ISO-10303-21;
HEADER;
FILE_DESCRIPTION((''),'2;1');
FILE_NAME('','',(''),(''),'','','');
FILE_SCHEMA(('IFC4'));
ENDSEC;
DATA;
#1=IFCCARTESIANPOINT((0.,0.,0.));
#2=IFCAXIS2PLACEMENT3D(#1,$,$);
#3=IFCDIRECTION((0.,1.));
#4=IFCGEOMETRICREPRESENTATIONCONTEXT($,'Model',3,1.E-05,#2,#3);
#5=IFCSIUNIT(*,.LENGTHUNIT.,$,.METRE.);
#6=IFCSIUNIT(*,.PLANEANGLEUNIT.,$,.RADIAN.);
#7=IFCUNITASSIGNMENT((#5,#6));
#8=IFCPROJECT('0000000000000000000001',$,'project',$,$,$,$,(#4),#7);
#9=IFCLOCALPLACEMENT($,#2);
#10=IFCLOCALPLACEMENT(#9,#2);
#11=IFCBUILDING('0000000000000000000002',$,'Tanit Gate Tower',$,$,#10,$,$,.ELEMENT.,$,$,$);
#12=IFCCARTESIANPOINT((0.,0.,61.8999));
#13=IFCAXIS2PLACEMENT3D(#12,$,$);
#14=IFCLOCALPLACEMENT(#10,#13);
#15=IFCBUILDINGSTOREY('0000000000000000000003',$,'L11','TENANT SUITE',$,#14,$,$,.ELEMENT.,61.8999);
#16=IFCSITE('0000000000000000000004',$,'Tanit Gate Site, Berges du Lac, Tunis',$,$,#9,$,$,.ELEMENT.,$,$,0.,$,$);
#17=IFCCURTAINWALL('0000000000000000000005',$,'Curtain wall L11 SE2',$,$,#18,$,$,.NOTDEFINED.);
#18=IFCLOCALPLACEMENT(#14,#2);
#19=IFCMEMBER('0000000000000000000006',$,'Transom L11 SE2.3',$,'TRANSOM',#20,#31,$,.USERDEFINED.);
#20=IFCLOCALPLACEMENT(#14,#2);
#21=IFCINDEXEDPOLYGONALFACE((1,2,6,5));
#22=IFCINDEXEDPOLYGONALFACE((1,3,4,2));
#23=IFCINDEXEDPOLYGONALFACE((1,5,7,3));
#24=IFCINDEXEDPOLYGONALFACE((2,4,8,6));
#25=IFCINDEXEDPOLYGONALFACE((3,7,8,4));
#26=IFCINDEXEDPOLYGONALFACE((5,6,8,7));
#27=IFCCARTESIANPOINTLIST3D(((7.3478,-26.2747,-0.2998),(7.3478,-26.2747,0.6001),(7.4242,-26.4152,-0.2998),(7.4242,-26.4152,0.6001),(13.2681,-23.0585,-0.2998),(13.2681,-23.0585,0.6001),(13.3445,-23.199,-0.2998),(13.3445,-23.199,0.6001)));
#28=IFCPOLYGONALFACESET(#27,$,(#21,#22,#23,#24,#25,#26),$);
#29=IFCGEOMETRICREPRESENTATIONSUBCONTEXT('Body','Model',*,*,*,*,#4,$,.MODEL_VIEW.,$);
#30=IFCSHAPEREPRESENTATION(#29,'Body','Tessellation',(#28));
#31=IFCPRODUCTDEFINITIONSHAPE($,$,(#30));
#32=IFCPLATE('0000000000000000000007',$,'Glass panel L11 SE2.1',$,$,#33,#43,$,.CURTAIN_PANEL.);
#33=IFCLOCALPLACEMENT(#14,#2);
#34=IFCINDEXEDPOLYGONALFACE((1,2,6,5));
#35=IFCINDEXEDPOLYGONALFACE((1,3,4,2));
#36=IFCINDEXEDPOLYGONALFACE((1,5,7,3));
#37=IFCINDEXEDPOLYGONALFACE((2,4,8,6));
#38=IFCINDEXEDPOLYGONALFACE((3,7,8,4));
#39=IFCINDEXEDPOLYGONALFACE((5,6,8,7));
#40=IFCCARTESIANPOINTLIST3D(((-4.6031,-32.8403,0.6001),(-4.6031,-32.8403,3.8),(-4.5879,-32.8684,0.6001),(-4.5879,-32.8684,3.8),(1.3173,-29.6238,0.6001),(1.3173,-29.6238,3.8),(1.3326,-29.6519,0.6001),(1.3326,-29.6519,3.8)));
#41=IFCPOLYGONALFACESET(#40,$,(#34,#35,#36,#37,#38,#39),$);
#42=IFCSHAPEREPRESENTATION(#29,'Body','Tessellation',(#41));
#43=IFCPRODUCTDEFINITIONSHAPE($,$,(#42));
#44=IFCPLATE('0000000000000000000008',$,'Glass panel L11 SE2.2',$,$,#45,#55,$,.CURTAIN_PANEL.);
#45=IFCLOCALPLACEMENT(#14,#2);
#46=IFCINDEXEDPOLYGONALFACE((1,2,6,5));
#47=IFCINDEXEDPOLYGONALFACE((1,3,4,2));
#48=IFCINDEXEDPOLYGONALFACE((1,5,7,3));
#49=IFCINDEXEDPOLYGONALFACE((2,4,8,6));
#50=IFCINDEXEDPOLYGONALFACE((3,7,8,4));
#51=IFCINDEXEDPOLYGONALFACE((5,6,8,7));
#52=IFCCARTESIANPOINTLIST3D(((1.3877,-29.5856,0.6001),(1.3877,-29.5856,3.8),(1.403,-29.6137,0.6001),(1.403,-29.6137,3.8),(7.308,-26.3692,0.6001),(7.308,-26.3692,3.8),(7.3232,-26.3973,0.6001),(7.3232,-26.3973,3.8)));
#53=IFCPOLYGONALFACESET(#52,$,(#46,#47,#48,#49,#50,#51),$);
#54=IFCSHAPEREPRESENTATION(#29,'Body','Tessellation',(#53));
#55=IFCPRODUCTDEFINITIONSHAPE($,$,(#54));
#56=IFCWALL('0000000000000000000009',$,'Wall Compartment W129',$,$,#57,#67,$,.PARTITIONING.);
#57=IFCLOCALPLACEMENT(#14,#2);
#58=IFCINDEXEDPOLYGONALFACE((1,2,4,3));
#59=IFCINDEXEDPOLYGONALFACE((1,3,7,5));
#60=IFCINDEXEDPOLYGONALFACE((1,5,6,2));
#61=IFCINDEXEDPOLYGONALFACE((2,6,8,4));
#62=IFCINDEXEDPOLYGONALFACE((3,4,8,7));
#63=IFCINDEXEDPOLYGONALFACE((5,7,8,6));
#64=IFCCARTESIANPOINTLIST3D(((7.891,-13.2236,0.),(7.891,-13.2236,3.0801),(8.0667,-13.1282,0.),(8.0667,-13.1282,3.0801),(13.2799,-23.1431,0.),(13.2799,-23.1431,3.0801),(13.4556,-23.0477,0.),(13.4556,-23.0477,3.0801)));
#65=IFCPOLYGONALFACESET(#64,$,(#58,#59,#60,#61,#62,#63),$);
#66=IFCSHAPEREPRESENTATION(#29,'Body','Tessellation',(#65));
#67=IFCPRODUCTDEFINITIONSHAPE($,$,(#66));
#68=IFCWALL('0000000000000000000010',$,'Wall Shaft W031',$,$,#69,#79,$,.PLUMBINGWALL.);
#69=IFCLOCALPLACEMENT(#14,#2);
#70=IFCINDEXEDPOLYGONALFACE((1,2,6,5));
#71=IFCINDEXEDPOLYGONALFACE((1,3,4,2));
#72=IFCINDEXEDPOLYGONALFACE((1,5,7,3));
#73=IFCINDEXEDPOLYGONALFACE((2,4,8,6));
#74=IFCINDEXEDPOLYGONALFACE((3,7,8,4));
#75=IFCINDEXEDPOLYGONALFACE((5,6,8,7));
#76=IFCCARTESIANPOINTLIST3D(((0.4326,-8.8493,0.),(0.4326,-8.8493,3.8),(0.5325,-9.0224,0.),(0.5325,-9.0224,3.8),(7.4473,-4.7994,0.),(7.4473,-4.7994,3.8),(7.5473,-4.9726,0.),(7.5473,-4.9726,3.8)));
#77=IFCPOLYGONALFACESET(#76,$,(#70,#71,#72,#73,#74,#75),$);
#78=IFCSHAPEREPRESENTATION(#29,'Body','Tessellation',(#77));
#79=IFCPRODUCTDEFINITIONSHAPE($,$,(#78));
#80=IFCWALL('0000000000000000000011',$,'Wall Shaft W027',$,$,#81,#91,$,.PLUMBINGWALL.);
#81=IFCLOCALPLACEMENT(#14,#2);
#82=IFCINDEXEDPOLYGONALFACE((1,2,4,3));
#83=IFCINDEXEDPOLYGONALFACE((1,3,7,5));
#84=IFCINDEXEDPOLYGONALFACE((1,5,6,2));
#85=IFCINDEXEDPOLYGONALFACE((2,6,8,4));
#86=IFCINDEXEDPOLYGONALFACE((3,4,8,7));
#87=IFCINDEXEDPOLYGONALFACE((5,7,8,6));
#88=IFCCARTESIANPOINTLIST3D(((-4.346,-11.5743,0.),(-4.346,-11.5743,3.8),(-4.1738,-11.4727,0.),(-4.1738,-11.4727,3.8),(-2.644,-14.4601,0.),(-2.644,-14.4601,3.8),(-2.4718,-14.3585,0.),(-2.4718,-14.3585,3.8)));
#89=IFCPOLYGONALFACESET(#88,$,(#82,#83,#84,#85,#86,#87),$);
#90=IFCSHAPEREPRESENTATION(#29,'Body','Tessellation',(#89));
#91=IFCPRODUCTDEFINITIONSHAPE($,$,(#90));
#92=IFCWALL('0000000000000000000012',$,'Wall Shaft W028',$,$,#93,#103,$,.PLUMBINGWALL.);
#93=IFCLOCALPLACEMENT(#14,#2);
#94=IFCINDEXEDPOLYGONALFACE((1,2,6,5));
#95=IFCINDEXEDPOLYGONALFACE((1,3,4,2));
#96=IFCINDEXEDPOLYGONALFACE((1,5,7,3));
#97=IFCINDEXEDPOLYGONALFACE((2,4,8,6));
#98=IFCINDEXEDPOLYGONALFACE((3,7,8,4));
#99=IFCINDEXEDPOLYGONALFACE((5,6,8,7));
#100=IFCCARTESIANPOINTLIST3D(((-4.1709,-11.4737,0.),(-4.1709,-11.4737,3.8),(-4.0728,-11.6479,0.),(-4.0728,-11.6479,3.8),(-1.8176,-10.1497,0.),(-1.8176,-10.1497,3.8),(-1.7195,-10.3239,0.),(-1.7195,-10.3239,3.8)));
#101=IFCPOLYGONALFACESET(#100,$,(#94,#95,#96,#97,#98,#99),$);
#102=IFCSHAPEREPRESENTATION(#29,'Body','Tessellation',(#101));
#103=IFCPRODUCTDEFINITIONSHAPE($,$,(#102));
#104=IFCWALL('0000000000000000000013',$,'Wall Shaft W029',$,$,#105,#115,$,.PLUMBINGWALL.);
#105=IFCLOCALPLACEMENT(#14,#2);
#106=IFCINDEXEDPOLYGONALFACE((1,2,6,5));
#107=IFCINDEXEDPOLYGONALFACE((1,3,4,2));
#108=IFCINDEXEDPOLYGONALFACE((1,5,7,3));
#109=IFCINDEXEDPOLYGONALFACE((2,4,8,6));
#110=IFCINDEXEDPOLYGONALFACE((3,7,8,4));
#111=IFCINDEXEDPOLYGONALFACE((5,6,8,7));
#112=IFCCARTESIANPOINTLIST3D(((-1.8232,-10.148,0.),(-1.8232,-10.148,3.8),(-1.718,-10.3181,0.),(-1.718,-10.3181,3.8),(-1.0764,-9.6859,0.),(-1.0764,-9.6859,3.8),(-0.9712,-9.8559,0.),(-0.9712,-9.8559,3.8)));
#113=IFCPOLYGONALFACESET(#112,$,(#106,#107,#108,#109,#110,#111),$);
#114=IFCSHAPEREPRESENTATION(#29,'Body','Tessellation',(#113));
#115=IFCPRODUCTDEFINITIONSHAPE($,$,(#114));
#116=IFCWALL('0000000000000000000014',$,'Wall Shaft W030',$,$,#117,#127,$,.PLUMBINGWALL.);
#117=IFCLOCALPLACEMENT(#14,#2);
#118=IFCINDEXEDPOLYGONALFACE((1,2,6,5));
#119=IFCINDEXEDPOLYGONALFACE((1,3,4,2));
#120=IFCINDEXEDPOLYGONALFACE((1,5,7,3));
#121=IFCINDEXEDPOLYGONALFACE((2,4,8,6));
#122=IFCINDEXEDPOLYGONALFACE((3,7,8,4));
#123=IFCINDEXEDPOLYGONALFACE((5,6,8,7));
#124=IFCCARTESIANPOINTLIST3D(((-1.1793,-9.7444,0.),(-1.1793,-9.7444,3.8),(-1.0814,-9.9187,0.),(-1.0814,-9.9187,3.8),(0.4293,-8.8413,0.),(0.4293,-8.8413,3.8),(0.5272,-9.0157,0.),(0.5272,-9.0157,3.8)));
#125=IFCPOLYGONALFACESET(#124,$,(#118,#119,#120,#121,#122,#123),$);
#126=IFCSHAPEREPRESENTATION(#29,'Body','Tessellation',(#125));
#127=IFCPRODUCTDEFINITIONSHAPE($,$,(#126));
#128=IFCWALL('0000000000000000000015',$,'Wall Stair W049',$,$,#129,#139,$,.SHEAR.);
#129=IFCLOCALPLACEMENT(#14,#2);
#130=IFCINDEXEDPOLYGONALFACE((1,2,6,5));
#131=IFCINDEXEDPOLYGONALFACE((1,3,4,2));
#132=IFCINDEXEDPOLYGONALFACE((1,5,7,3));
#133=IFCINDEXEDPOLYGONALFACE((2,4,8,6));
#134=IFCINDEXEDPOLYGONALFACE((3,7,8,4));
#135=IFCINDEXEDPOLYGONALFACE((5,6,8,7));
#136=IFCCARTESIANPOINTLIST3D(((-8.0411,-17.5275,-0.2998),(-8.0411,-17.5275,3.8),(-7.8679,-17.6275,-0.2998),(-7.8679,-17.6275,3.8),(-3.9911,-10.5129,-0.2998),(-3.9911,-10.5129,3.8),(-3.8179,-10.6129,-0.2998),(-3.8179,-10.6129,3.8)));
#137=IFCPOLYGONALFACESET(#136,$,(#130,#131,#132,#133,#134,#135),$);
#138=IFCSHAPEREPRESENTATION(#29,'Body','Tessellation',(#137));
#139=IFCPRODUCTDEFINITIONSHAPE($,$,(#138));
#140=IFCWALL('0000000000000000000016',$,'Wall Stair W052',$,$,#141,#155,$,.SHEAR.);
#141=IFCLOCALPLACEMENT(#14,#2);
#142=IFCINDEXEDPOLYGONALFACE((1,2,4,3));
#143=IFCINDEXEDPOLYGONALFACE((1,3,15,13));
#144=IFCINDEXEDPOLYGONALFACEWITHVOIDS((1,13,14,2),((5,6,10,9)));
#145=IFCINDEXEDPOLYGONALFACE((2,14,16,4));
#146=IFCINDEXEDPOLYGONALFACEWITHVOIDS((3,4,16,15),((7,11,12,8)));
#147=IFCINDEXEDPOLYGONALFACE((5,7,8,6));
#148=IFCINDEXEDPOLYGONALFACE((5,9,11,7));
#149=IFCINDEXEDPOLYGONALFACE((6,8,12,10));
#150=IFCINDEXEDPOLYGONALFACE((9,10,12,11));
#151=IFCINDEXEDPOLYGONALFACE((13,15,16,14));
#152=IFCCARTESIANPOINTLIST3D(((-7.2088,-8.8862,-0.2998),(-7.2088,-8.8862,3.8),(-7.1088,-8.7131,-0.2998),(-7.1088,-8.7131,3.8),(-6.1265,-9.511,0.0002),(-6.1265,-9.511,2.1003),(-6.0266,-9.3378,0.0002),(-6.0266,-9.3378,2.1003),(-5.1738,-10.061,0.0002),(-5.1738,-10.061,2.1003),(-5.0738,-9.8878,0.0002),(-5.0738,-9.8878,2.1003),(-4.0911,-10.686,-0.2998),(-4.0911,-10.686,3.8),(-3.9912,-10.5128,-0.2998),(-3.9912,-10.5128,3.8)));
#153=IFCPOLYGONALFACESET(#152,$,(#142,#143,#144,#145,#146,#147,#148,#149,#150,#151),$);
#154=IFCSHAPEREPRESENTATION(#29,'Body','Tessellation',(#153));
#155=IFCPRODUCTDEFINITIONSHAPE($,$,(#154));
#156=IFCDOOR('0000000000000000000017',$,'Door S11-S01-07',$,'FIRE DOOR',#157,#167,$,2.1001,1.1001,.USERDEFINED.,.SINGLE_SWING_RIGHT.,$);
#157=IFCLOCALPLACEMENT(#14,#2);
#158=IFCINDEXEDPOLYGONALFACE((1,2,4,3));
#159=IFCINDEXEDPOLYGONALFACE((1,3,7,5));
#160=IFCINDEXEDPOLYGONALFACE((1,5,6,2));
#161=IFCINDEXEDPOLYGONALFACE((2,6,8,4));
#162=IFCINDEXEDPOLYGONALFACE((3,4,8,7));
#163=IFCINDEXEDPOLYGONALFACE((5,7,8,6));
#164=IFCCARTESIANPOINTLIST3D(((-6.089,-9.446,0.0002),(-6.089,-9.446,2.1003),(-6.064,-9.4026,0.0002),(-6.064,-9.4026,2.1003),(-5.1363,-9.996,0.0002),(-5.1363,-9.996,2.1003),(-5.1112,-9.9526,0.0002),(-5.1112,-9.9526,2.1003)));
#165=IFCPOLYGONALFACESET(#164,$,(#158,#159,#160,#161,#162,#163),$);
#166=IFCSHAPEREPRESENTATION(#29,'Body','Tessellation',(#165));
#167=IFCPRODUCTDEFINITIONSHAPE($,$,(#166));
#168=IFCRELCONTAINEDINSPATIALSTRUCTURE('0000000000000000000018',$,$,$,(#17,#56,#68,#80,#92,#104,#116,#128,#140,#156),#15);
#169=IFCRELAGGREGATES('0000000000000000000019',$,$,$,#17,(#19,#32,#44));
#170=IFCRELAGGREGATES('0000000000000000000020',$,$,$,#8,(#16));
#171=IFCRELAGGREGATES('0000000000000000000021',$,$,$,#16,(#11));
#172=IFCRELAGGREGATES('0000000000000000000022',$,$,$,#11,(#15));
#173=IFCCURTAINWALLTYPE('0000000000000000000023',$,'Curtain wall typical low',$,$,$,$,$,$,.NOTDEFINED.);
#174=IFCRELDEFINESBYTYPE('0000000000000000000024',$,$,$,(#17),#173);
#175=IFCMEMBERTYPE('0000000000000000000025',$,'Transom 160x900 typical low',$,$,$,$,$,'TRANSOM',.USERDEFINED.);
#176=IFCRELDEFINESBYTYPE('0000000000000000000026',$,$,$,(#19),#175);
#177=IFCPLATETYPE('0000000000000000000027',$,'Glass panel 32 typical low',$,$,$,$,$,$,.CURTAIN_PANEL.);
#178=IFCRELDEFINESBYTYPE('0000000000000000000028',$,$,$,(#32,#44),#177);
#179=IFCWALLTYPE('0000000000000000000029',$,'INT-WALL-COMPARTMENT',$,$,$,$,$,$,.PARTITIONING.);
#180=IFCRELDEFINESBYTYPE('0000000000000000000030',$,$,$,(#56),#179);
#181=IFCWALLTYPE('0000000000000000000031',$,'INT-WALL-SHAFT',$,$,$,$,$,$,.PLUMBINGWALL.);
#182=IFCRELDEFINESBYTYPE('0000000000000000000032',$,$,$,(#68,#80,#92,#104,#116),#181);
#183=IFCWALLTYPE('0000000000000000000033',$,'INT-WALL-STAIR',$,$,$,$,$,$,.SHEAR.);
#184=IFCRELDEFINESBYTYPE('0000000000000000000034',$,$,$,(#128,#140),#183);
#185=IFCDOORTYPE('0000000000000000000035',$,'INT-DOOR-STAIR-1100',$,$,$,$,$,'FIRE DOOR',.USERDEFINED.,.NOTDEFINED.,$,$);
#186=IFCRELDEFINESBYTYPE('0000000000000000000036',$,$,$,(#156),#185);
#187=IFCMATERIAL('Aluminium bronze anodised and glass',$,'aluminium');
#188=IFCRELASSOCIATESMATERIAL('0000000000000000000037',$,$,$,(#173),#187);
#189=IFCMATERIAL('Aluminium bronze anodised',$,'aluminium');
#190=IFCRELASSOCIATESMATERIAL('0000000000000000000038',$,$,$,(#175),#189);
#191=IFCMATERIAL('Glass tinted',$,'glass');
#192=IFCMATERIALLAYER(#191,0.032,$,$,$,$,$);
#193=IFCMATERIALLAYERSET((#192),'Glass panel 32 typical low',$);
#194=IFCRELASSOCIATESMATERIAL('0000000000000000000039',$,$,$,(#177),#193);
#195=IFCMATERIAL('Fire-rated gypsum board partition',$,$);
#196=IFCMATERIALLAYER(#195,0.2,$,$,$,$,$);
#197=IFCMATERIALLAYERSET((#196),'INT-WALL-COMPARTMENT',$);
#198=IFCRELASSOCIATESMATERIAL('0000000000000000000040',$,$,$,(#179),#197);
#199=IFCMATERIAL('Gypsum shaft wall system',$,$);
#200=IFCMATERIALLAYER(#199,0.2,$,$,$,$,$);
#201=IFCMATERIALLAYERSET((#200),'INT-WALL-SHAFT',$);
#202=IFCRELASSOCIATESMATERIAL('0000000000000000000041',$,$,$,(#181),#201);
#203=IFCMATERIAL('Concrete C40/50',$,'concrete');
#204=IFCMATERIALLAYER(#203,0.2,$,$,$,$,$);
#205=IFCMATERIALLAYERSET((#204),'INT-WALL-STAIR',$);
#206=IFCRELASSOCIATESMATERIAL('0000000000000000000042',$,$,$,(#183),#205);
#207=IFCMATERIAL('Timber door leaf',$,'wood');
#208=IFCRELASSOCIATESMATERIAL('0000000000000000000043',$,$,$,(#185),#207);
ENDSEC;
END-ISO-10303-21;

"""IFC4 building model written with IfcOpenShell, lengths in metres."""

from ifc_helpers import new_model, si_unit, direction, frame, frame_2d, origin, origin_2d, place, context, subcontext, project, spatial, rectangle, extrude, material, layer, layer_set, material_profile, profile_set, type_object, element, fill, aggregate, save


model = new_model("IFC4")

# Units and contexts
model_context = context("Model", 3, precision=1e-05, world=origin(), true_north=direction((0.0, 1.0)))
body_context = subcontext(model_context, "Body", "Model", "MODEL_VIEW")
ifc_project = project(units=[si_unit("LENGTHUNIT", "METRE"), si_unit("PLANEANGLEUNIT", "RADIAN")], contexts=[model_context])

# Site, building, storey
site_placement = place(None, origin())
site = spatial("IfcSite", under=ifc_project, at=site_placement, Name="Tanit Gate Site, Berges du Lac, Tunis", CompositionType="ELEMENT", RefElevation=0.0)
building_placement = place(site_placement, origin())
building = spatial("IfcBuilding", under=site, at=building_placement, Name="Tanit Gate Tower", CompositionType="ELEMENT")
storey_placement = place(building_placement, frame((0.0, 0.0, 61.8999)))
storey = spatial("IfcBuildingStorey", under=building, at=storey_placement, Name="L11", Description="TENANT SUITE", CompositionType="ELEMENT", Elevation=61.8999)

# Curtain wall
ifc_material_1 = material(Name="Aluminium bronze anodised and glass", Category="aluminium")
curtain_wall_type = type_object("IfcCurtainWallType", Name="Curtain wall typical low", PredefinedType="NOTDEFINED", material=ifc_material_1)
curtain_wall_placement = place(storey_placement, origin())
curtain_wall = element("IfcCurtainWall", 1, at=curtain_wall_placement, inside=storey, type_object=curtain_wall_type, Name="Curtain wall L11 SE2", PredefinedType="NOTDEFINED")

# Member
ifc_material_2 = material(Name="Aluminium bronze anodised", Category="aluminium")
ifc_material_profile_1 = material_profile(ifc_material_2, rectangle(XDim=0.1599, YDim=0.8999, at=origin_2d()), Name="160x900 bronze transom")
ifc_profile_set_1 = profile_set([ifc_material_profile_1], Name="Aluminium bronze anodised")
member_type_1 = type_object("IfcMemberType", Name="Transom 160x900 typical low", ElementType="TRANSOM", PredefinedType="USERDEFINED", material=ifc_profile_set_1)
member_1_placement = place(storey_placement, frame((7.386, -26.345, 0.1501), z_axis=(0.878706, 0.477364, 0.0), x_axis=(-0.477364, 0.878706, 0.0)))
member_1 = element("IfcMember", 2, at=member_1_placement, type_object=member_type_1, Name="Transom L11 SE2.3", ObjectType="TRANSOM", PredefinedType="USERDEFINED", context=body_context, shape_type="SweptSolid", body=[
    extrude(rectangle(XDim=0.1599, YDim=0.8999, at=origin_2d()), origin(), (0.0, 0.0, 1.0), 6.7375),
])

# Plates
ifc_material_3 = material(Name="Glass tinted", Category="glass")
ifc_layer_1 = layer(ifc_material_3, 0.032)
ifc_layer_set_1 = layer_set([ifc_layer_1], Name="Glass panel 32 typical low")
plate_type = type_object("IfcPlateType", Name="Glass panel 32 typical low", PredefinedType="CURTAIN_PANEL", material=ifc_layer_set_1)
plate_1_placement = place(storey_placement, frame((-1.6353, -31.2461, 0.6001), z_axis=(0.0, 0.0, 1.0), x_axis=(0.878696, 0.477381, 0.0)))
plate_1 = element("IfcPlate", 3, at=plate_1_placement, type_object=plate_type, Name="Glass panel L11 SE2.1", PredefinedType="CURTAIN_PANEL", context=body_context, shape_type="SweptSolid", body=[
    extrude(rectangle(XDim=6.7378, YDim=0.032, at=origin_2d()), origin(), (0.0, 0.0, 1.0), 3.2),
])
plate_2_placement = place(storey_placement, frame((4.3555, -27.9915, 0.6001), z_axis=(0.0, 0.0, 1.0), x_axis=(0.878696, 0.477381, 0.0)))
plate_2 = element("IfcPlate", 4, at=plate_2_placement, type_object=plate_type, Name="Glass panel L11 SE2.2", PredefinedType="CURTAIN_PANEL", context=body_context, shape_type="SweptSolid", body=[
    extrude(rectangle(XDim=6.7375, YDim=0.032, at=origin_2d()), origin(), (0.0, 0.0, 1.0), 3.2),
])
aggregate(curtain_wall, [member_1, plate_1, plate_2])

# Walls
ifc_material_4 = material(Name="Fire-rated gypsum board partition")
ifc_layer_2 = layer(ifc_material_4, 0.2)
ifc_layer_set_2 = layer_set([ifc_layer_2], Name="INT-WALL-COMPARTMENT")
wall_type_1 = type_object("IfcWallType", Name="INT-WALL-COMPARTMENT", PredefinedType="PARTITIONING", material=ifc_layer_set_2)
wall_1_placement = place(storey_placement, frame((7.9788, -13.1758, 0.0), z_axis=(0.0, 0.0, 1.0), x_axis=(0.477371, -0.878702, 0.0)))
element("IfcWall", 5, at=wall_1_placement, inside=storey, type_object=wall_type_1, Name="Wall Compartment W129", PredefinedType="PARTITIONING", context=body_context, shape_type="SweptSolid", body=[
    extrude(rectangle(XDim=11.2888, YDim=0.2, at=frame_2d((5.6445, 0.0))), origin(), (0.0, 0.0, 1.0), 3.0801),
])
ifc_material_5 = material(Name="Gypsum shaft wall system")
ifc_layer_3 = layer(ifc_material_5, 0.2)
ifc_layer_set_3 = layer_set([ifc_layer_3], Name="INT-WALL-SHAFT")
wall_type_2 = type_object("IfcWallType", Name="INT-WALL-SHAFT", PredefinedType="PLUMBINGWALL", material=ifc_layer_set_3)
wall_2_placement = place(storey_placement, frame((0.4827, -8.9358, 0.0), z_axis=(0.0, 0.0, 1.0), x_axis=(0.866031, 0.49999, 0.0)))
element("IfcWall", 6, at=wall_2_placement, inside=storey, type_object=wall_type_2, Name="Wall Shaft W031", PredefinedType="PLUMBINGWALL", context=body_context, shape_type="SweptSolid", body=[
    extrude(rectangle(XDim=8.0999, YDim=0.2, at=frame_2d((4.0498, 0.0))), origin(), (0.0, 0.0, 1.0), 3.8),
])
wall_3_placement = place(storey_placement, frame((-2.5579, -14.4094, 0.0), z_axis=(0.0, 0.0, 1.0), x_axis=(-0.507997, 0.861359, 0.0)))
element("IfcWall", 7, at=wall_3_placement, inside=storey, type_object=wall_type_2, Name="Wall Shaft W027", PredefinedType="PLUMBINGWALL", context=body_context, shape_type="SweptSolid", body=[
    extrude(rectangle(XDim=3.3503, YDim=0.2, at=frame_2d((1.6753, 0.0))), origin(), (0.0, 0.0, 1.0), 3.8),
])
wall_4_placement = place(storey_placement, frame((-1.7686, -10.2368, 0.0), z_axis=(0.0, 0.0, 1.0), x_axis=(-0.871534, -0.490334, 0.0)))
element("IfcWall", 8, at=wall_4_placement, inside=storey, type_object=wall_type_2, Name="Wall Shaft W028", PredefinedType="PLUMBINGWALL", context=body_context, shape_type="SweptSolid", body=[
    extrude(rectangle(XDim=2.7002, YDim=0.2, at=frame_2d((1.3501, 0.0))), origin(), (0.0, 0.0, 1.0), 3.8),
])
wall_5_placement = place(storey_placement, frame((-1.0239, -9.771, 0.0), z_axis=(0.0, 0.0, 1.0), x_axis=(-0.850348, -0.526221, 0.0)))
element("IfcWall", 9, at=wall_5_placement, inside=storey, type_object=wall_type_2, Name="Wall Shaft W029", PredefinedType="PLUMBINGWALL", context=body_context, shape_type="SweptSolid", body=[
    extrude(rectangle(XDim=0.8782, YDim=0.2, at=frame_2d((0.439, 0.0))), origin(), (0.0, 0.0, 1.0), 3.8),
])
wall_6_placement = place(storey_placement, frame((-1.1304, -9.8315, 0.0), z_axis=(0.0, 0.0, 1.0), x_axis=(0.871989, 0.489526, 0.0)))
element("IfcWall", 10, at=wall_6_placement, inside=storey, type_object=wall_type_2, Name="Wall Shaft W030", PredefinedType="PLUMBINGWALL", context=body_context, shape_type="SweptSolid", body=[
    extrude(rectangle(XDim=1.8447, YDim=0.2, at=frame_2d((0.9224, 0.0))), origin(), (0.0, 0.0, 1.0), 3.8),
])
ifc_material_6 = material(Name="Concrete C40/50", Category="concrete")
ifc_layer_4 = layer(ifc_material_6, 0.2)
ifc_layer_set_4 = layer_set([ifc_layer_4], Name="INT-WALL-STAIR")
wall_type_3 = type_object("IfcWallType", Name="INT-WALL-STAIR", PredefinedType="SHEAR", material=ifc_layer_set_4)
wall_7_placement = place(storey_placement, frame((-3.9045, -10.563, -0.2998), z_axis=(0.0, 0.0, 1.0), x_axis=(-0.500013, -0.866018, 0.0)))
element("IfcWall", 11, at=wall_7_placement, inside=storey, type_object=wall_type_3, Name="Wall Stair W049", PredefinedType="SHEAR", context=body_context, shape_type="SweptSolid", body=[
    extrude(rectangle(XDim=8.0999, YDim=0.2, at=frame_2d((4.0498, 0.0))), origin(), (0.0, 0.0, 1.0), 4.0999),
])

# Wall, opening, door
wall_8_placement = place(storey_placement, frame((-4.0413, -10.5994, -0.2998), z_axis=(0.0, 0.0, 1.0), x_axis=(-0.866048, 0.499961, 0.0)))
wall_8 = element("IfcWall", 12, at=wall_8_placement, inside=storey, type_object=wall_type_3, Name="Wall Stair W052", PredefinedType="SHEAR", context=body_context, shape_type="SweptSolid", body=[
    extrude(rectangle(XDim=3.5999, YDim=0.2, at=frame_2d((1.7998, 0.0))), origin(), (0.0, 0.0, 1.0), 4.0999),
])
opening_placement = place(wall_8_placement, frame((1.25, 0.0, 0.3)))
opening = element("IfcOpeningElement", 13, at=opening_placement, cuts=wall_8, PredefinedType="OPENING", context=body_context, shape_type="SweptSolid", body=[
    extrude(rectangle(XDim=1.1001, YDim=2.1001, at=frame_2d((0.55, 1.05))), frame((0.0, 0.1099, 0.0), z_axis=(0.0, -1.0, 0.0), x_axis=(1.0, 0.0, 0.0)), (0.0, 0.0, 1.0), 0.22),
])
ifc_material_7 = material(Name="Timber door leaf", Category="wood")
door_type = type_object("IfcDoorType", Name="INT-DOOR-STAIR-1100", ElementType="FIRE DOOR", OperationType="NOTDEFINED", PredefinedType="USERDEFINED", material=ifc_material_7)
door_placement = place(opening_placement, origin())
door = element("IfcDoor", 14, at=door_placement, inside=storey, type_object=door_type, Name="Door S11-S01-07", ObjectType="FIRE DOOR", OperationType="SINGLE_SWING_RIGHT", OverallHeight=2.1001, OverallWidth=1.1001, PredefinedType="USERDEFINED", context=body_context, shape_type="SweptSolid", body=[
    extrude(rectangle(XDim=1.1001, YDim=2.1001, at=frame_2d((0.55, 1.05))), frame((0.0, 0.0249, 0.0), z_axis=(0.0, -1.0, 0.0), x_axis=(1.0, 0.0, 0.0)), (0.0, 0.0, 1.0), 0.05),
])
fill(opening, door)

save(model, "model.ifc")
